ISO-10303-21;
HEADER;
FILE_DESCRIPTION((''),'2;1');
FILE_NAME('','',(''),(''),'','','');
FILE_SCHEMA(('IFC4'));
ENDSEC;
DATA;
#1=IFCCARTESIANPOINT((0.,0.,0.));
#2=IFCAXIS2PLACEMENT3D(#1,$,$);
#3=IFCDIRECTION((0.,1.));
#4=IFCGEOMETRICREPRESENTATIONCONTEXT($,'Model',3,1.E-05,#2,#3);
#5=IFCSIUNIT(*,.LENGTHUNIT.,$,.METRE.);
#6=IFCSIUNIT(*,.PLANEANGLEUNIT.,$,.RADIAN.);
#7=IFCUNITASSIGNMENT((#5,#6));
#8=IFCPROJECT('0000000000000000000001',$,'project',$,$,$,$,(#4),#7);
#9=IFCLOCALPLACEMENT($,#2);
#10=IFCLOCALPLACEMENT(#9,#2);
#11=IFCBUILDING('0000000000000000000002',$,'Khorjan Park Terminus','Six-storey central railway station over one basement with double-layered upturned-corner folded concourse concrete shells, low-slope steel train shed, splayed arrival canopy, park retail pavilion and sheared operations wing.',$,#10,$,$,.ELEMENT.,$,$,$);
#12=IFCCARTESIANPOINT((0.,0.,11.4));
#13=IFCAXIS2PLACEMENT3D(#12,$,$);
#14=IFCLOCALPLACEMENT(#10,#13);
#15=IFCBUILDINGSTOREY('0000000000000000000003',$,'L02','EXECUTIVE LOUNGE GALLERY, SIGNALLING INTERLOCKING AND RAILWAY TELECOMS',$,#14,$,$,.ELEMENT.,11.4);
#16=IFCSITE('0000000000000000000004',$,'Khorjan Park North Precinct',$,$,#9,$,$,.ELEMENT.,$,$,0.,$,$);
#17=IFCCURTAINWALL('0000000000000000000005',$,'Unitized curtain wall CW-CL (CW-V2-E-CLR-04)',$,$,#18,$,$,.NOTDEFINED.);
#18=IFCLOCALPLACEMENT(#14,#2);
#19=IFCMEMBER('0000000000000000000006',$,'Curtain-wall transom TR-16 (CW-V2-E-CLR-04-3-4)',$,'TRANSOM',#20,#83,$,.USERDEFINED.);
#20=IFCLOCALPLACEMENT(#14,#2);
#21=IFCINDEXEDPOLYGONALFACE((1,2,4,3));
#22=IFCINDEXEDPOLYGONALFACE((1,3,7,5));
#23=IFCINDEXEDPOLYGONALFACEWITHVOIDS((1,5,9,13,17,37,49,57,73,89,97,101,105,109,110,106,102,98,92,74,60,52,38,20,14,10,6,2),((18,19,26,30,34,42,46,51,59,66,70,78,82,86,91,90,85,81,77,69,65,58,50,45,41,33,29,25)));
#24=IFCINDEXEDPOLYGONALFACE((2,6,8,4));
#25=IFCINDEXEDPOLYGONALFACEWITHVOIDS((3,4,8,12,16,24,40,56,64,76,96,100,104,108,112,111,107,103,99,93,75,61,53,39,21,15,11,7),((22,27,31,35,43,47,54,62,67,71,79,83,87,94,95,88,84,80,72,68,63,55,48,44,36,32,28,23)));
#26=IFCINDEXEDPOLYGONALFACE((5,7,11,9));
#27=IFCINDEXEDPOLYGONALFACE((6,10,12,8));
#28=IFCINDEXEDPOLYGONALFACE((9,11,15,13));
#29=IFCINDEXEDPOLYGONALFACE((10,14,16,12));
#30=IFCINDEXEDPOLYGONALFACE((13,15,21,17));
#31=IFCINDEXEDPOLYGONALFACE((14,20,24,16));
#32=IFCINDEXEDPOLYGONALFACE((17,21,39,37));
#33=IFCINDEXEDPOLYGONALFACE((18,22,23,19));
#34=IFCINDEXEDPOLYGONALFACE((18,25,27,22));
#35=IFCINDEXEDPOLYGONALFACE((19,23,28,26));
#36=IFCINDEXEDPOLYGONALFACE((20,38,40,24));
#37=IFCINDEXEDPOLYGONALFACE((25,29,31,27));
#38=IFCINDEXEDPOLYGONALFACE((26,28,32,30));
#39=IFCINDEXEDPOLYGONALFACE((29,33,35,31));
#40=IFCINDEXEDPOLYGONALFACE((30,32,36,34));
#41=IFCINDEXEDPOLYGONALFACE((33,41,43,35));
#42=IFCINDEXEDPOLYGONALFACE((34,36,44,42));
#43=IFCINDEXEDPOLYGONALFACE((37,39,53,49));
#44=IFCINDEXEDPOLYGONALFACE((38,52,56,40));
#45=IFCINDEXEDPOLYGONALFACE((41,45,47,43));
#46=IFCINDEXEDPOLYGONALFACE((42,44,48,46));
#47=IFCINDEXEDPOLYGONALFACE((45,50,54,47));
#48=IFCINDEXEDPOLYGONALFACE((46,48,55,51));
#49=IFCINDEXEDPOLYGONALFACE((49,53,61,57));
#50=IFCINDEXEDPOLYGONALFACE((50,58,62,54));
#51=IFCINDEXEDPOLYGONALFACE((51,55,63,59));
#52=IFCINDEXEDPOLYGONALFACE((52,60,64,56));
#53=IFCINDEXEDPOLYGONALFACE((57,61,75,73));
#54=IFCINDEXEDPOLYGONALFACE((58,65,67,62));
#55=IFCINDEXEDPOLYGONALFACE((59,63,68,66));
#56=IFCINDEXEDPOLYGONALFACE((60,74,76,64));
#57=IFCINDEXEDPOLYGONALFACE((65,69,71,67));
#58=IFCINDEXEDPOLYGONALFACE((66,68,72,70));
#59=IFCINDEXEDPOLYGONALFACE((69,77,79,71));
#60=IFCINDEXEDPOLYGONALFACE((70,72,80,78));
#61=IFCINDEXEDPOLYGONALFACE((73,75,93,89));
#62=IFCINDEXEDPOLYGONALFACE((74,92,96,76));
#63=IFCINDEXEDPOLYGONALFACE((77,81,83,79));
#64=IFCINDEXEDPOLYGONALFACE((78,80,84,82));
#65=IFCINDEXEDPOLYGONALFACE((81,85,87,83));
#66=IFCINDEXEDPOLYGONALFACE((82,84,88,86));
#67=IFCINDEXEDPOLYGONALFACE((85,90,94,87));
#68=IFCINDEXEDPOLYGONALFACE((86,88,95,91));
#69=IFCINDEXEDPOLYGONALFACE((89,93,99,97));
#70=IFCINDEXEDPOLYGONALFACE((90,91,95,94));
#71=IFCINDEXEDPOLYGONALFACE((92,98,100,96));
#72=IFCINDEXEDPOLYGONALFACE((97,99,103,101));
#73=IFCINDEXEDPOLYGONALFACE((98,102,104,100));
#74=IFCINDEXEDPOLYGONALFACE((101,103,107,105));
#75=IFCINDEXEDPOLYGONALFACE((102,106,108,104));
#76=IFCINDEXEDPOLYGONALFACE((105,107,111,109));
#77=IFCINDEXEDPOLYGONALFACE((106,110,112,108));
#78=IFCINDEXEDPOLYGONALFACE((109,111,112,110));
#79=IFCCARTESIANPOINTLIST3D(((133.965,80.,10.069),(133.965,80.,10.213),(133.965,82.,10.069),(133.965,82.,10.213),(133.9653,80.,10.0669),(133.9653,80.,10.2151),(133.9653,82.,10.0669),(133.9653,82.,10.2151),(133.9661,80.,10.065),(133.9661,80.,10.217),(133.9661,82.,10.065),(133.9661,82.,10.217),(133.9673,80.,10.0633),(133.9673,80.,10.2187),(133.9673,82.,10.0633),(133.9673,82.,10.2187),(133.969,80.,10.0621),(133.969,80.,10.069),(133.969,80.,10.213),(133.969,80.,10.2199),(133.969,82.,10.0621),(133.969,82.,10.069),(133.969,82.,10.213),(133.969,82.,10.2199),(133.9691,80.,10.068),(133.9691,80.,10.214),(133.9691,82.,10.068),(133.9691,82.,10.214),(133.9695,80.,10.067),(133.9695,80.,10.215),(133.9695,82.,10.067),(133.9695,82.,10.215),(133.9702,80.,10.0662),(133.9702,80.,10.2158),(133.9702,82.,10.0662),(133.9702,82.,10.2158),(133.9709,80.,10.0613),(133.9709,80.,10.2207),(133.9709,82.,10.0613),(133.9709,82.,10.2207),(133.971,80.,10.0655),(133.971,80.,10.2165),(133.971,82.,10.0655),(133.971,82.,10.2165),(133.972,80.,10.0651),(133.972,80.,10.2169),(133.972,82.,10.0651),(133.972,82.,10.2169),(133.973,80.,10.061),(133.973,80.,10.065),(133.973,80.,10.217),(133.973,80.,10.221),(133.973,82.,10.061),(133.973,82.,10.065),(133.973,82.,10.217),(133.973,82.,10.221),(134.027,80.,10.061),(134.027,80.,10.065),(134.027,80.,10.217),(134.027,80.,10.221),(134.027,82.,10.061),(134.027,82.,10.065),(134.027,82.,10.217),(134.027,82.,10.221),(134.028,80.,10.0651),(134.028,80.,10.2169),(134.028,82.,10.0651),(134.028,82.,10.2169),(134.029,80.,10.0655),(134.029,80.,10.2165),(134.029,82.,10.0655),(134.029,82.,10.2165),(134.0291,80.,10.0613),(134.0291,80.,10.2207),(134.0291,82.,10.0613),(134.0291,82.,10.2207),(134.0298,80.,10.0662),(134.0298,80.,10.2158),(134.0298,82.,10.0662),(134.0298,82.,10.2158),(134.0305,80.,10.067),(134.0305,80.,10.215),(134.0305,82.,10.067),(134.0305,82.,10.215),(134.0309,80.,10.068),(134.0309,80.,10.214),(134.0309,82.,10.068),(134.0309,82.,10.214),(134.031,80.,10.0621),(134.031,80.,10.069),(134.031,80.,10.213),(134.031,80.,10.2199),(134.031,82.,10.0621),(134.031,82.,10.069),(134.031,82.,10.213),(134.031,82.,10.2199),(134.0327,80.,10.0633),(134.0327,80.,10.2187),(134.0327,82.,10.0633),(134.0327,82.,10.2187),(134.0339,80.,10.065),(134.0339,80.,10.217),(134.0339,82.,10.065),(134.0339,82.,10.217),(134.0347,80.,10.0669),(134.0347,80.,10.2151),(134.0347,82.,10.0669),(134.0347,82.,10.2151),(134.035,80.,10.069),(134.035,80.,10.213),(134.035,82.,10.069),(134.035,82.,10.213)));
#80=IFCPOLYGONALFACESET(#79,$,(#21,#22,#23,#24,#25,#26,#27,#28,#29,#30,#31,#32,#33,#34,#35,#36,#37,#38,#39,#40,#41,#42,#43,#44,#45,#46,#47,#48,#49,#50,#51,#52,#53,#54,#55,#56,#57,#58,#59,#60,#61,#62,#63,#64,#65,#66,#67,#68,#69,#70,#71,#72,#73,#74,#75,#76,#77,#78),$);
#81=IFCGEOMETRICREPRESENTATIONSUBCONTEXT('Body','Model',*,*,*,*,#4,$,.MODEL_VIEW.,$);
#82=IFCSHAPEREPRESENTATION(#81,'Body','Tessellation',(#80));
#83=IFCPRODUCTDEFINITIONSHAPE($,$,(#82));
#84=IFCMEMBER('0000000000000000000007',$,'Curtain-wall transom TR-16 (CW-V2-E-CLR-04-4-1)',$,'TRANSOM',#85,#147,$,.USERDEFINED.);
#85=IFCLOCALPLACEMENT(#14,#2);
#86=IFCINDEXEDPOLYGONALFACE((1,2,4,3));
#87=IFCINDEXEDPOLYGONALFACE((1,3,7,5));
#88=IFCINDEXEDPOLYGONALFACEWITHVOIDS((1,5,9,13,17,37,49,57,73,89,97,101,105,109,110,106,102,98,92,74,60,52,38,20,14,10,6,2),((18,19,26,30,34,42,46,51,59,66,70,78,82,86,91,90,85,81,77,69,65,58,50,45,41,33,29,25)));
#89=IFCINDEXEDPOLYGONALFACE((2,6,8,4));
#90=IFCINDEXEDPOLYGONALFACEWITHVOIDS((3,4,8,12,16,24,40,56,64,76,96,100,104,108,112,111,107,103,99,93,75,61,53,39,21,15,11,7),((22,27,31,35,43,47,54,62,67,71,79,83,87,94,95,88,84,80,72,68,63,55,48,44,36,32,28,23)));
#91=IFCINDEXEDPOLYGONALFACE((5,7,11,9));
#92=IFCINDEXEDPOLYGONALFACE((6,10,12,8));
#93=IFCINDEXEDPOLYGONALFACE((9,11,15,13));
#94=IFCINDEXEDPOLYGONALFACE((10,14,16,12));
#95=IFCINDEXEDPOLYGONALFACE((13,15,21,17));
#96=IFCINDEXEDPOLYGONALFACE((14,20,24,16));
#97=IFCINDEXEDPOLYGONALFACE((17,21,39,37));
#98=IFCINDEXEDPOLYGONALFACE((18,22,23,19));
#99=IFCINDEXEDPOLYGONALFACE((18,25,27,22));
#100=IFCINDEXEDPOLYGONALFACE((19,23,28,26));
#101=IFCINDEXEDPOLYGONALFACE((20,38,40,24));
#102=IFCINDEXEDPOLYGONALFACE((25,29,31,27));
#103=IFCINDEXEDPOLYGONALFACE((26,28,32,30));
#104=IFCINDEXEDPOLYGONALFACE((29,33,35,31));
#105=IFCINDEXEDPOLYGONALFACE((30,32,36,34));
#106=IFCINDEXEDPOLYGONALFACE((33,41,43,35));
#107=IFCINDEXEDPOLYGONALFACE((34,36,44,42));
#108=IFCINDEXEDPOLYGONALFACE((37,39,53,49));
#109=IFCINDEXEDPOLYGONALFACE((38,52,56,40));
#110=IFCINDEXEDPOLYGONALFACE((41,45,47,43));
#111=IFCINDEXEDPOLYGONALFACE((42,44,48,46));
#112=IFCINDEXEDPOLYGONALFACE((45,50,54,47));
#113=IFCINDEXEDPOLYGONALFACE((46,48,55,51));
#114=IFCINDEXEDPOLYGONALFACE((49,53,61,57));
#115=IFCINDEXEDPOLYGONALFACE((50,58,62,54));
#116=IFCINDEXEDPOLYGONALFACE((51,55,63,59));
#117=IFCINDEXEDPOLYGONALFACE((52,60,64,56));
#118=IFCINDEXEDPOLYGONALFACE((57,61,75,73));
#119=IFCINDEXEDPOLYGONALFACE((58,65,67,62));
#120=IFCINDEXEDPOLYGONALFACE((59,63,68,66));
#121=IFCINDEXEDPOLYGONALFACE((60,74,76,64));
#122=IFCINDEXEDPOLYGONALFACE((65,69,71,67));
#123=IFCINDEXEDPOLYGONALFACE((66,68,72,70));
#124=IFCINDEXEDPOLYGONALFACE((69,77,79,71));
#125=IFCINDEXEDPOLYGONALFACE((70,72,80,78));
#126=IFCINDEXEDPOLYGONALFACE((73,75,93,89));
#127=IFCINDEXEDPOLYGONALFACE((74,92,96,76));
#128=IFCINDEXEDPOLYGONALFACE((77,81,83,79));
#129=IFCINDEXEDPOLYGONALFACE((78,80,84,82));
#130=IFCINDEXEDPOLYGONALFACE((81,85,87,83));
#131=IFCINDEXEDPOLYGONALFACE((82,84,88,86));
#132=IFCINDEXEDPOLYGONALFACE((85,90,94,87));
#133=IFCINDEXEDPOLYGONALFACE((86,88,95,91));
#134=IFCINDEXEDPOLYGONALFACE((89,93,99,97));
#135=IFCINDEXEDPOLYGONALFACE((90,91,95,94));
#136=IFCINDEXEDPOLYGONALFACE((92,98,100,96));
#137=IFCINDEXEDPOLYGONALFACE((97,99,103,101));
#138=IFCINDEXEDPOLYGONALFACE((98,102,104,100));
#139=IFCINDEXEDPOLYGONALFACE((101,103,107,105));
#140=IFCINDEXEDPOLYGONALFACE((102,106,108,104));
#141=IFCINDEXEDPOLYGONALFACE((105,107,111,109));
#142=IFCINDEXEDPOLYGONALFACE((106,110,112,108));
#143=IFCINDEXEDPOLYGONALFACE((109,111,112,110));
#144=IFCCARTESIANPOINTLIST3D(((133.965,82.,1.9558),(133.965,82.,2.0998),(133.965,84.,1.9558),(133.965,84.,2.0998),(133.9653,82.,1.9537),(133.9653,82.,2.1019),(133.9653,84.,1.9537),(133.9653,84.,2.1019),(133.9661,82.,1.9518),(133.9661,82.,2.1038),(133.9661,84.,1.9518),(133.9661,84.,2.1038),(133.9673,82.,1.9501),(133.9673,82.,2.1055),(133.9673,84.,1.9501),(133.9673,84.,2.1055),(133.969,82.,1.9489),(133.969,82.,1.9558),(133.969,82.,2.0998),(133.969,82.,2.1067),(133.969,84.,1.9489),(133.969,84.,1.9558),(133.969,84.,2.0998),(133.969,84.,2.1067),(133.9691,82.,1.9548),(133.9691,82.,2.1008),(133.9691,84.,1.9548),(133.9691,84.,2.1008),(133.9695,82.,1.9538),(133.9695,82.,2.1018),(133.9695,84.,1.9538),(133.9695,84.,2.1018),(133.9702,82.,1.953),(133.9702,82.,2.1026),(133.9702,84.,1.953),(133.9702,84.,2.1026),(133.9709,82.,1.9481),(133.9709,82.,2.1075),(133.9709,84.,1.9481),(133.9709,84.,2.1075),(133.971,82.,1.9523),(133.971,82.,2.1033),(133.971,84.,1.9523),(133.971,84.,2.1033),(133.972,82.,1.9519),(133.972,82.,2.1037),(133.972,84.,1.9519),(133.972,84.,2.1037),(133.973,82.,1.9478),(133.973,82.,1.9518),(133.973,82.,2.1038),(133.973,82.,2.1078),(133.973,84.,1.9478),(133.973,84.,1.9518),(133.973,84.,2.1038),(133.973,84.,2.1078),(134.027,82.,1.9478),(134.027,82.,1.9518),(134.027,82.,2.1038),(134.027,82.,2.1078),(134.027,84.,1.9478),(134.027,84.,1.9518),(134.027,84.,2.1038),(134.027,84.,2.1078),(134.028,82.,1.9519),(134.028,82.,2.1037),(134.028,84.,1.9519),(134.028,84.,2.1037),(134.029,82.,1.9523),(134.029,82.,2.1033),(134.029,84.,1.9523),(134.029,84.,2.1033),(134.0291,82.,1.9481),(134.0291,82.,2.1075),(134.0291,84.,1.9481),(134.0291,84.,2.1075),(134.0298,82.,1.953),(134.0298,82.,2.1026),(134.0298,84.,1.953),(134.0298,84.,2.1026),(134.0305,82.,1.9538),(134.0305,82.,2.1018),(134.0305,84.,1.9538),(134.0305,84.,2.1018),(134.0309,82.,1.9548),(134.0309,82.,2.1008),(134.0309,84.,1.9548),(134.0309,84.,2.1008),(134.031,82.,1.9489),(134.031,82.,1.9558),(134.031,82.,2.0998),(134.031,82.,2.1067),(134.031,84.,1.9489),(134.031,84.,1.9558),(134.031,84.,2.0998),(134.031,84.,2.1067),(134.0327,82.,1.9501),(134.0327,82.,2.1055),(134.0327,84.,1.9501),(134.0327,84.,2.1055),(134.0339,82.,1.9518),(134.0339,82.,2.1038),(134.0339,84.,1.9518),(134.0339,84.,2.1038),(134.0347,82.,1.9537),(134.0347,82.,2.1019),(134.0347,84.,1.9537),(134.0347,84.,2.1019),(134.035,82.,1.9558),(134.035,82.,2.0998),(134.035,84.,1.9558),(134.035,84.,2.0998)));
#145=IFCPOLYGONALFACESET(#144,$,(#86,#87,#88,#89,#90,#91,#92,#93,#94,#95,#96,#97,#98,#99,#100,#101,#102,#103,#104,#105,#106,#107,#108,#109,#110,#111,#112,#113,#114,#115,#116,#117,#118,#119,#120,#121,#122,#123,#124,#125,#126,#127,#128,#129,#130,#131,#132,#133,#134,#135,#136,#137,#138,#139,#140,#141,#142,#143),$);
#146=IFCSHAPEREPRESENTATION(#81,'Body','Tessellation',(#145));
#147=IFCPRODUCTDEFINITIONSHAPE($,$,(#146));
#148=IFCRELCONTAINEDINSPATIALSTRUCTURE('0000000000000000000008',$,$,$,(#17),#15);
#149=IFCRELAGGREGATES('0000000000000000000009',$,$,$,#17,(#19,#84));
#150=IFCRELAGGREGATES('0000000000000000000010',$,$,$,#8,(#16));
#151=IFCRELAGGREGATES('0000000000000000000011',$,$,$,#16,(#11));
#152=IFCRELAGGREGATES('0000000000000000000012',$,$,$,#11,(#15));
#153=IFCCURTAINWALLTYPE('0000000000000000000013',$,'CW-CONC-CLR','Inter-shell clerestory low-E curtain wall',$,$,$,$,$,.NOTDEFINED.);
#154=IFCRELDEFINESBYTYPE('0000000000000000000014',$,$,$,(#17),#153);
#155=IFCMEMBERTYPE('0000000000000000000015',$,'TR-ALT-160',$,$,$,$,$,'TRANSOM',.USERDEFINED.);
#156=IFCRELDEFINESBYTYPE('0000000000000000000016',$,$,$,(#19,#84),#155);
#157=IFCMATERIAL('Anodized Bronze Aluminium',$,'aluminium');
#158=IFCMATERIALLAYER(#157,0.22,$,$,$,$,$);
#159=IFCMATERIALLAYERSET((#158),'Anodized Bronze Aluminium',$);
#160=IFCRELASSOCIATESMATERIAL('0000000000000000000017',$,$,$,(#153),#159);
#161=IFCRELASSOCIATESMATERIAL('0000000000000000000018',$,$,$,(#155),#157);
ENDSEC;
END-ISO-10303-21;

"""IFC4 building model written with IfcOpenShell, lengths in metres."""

from ifc_helpers import new_model, si_unit, direction, frame, origin, origin_2d, place, context, subcontext, project, spatial, hollow_rectangle, extrude, material, layer, layer_set, material_profile, profile_set, type_object, element, aggregate, save


model = new_model("IFC4")

# Units and contexts
model_context = context("Model", 3, precision=1e-05, world=origin(), true_north=direction((0.0, 1.0)))
body_context = subcontext(model_context, "Body", "Model", "MODEL_VIEW")
ifc_project = project(units=[si_unit("LENGTHUNIT", "METRE"), si_unit("PLANEANGLEUNIT", "RADIAN")], contexts=[model_context])

# Site, building, storey
site_placement = place(None, origin())
site = spatial("IfcSite", under=ifc_project, at=site_placement, Name="Khorjan Park North Precinct", CompositionType="ELEMENT", RefElevation=0.0)
building_placement = place(site_placement, origin())
building = spatial("IfcBuilding", under=site, at=building_placement, Name="Khorjan Park Terminus", Description="Six-storey central railway station over one basement with double-layered upturned-corner folded concourse concrete shells, low-slope steel train shed, splayed arrival canopy, park retail pavilion and sheared operations wing.", CompositionType="ELEMENT")
storey_placement = place(building_placement, frame((0.0, 0.0, 11.4)))
storey = spatial("IfcBuildingStorey", under=building, at=storey_placement, Name="L02", Description="EXECUTIVE LOUNGE GALLERY, SIGNALLING INTERLOCKING AND RAILWAY TELECOMS", CompositionType="ELEMENT", Elevation=11.4)

# Curtain wall, members
ifc_material_1 = material(Name="Anodized Bronze Aluminium", Category="aluminium")
ifc_layer_1 = layer(ifc_material_1, 0.22)
ifc_layer_set_1 = layer_set([ifc_layer_1], Name="Anodized Bronze Aluminium")
curtain_wall_type = type_object("IfcCurtainWallType", Name="CW-CONC-CLR", Description="Inter-shell clerestory low-E curtain wall", PredefinedType="NOTDEFINED", material=ifc_layer_set_1)
curtain_wall_placement = place(storey_placement, origin())
curtain_wall = element("IfcCurtainWall", 1, at=curtain_wall_placement, inside=storey, type_object=curtain_wall_type, Name="Unitized curtain wall CW-CL (CW-V2-E-CLR-04)", PredefinedType="NOTDEFINED")
ifc_material_profile_1 = material_profile(ifc_material_1, hollow_rectangle(XDim=0.07, YDim=0.16, WallThickness=0.004, InnerFilletRadius=0.004, OuterFilletRadius=0.008, at=origin_2d()), Name="ALT 70x160x4")
ifc_profile_set_1 = profile_set([ifc_material_profile_1], Name="Anodized Bronze Aluminium")
member_type_1 = type_object("IfcMemberType", Name="TR-ALT-160", ElementType="TRANSOM", PredefinedType="USERDEFINED", material=ifc_profile_set_1)
member_1_placement = place(storey_placement, frame((134.0, 80.0, 10.141), z_axis=(0.0, 1.0, 0.0), x_axis=(-1.0, 0.0, 0.0)))
member_1 = element("IfcMember", 2, at=member_1_placement, type_object=member_type_1, Name="Curtain-wall transom TR-16 (CW-V2-E-CLR-04-3-4)", ObjectType="TRANSOM", PredefinedType="USERDEFINED", context=body_context, shape_type="SweptSolid", body=[
    extrude(hollow_rectangle(XDim=0.07, YDim=0.16, WallThickness=0.004, InnerFilletRadius=0.004, OuterFilletRadius=0.008, at=origin_2d()), origin(), (0.0, 0.0, 1.0), 2.0),
])
member_2_placement = place(storey_placement, frame((134.0, 82.0, 2.0278), z_axis=(0.0, 1.0, 0.0), x_axis=(-1.0, 0.0, 0.0)))
member_2 = element("IfcMember", 3, at=member_2_placement, type_object=member_type_1, Name="Curtain-wall transom TR-16 (CW-V2-E-CLR-04-4-1)", ObjectType="TRANSOM", PredefinedType="USERDEFINED", context=body_context, shape_type="SweptSolid", body=[
    extrude(hollow_rectangle(XDim=0.07, YDim=0.16, WallThickness=0.004, InnerFilletRadius=0.004, OuterFilletRadius=0.008, at=origin_2d()), origin(), (0.0, 0.0, 1.0), 2.0),
])

aggregate(curtain_wall, [member_1, member_2])

save(model, "model.ifc")
